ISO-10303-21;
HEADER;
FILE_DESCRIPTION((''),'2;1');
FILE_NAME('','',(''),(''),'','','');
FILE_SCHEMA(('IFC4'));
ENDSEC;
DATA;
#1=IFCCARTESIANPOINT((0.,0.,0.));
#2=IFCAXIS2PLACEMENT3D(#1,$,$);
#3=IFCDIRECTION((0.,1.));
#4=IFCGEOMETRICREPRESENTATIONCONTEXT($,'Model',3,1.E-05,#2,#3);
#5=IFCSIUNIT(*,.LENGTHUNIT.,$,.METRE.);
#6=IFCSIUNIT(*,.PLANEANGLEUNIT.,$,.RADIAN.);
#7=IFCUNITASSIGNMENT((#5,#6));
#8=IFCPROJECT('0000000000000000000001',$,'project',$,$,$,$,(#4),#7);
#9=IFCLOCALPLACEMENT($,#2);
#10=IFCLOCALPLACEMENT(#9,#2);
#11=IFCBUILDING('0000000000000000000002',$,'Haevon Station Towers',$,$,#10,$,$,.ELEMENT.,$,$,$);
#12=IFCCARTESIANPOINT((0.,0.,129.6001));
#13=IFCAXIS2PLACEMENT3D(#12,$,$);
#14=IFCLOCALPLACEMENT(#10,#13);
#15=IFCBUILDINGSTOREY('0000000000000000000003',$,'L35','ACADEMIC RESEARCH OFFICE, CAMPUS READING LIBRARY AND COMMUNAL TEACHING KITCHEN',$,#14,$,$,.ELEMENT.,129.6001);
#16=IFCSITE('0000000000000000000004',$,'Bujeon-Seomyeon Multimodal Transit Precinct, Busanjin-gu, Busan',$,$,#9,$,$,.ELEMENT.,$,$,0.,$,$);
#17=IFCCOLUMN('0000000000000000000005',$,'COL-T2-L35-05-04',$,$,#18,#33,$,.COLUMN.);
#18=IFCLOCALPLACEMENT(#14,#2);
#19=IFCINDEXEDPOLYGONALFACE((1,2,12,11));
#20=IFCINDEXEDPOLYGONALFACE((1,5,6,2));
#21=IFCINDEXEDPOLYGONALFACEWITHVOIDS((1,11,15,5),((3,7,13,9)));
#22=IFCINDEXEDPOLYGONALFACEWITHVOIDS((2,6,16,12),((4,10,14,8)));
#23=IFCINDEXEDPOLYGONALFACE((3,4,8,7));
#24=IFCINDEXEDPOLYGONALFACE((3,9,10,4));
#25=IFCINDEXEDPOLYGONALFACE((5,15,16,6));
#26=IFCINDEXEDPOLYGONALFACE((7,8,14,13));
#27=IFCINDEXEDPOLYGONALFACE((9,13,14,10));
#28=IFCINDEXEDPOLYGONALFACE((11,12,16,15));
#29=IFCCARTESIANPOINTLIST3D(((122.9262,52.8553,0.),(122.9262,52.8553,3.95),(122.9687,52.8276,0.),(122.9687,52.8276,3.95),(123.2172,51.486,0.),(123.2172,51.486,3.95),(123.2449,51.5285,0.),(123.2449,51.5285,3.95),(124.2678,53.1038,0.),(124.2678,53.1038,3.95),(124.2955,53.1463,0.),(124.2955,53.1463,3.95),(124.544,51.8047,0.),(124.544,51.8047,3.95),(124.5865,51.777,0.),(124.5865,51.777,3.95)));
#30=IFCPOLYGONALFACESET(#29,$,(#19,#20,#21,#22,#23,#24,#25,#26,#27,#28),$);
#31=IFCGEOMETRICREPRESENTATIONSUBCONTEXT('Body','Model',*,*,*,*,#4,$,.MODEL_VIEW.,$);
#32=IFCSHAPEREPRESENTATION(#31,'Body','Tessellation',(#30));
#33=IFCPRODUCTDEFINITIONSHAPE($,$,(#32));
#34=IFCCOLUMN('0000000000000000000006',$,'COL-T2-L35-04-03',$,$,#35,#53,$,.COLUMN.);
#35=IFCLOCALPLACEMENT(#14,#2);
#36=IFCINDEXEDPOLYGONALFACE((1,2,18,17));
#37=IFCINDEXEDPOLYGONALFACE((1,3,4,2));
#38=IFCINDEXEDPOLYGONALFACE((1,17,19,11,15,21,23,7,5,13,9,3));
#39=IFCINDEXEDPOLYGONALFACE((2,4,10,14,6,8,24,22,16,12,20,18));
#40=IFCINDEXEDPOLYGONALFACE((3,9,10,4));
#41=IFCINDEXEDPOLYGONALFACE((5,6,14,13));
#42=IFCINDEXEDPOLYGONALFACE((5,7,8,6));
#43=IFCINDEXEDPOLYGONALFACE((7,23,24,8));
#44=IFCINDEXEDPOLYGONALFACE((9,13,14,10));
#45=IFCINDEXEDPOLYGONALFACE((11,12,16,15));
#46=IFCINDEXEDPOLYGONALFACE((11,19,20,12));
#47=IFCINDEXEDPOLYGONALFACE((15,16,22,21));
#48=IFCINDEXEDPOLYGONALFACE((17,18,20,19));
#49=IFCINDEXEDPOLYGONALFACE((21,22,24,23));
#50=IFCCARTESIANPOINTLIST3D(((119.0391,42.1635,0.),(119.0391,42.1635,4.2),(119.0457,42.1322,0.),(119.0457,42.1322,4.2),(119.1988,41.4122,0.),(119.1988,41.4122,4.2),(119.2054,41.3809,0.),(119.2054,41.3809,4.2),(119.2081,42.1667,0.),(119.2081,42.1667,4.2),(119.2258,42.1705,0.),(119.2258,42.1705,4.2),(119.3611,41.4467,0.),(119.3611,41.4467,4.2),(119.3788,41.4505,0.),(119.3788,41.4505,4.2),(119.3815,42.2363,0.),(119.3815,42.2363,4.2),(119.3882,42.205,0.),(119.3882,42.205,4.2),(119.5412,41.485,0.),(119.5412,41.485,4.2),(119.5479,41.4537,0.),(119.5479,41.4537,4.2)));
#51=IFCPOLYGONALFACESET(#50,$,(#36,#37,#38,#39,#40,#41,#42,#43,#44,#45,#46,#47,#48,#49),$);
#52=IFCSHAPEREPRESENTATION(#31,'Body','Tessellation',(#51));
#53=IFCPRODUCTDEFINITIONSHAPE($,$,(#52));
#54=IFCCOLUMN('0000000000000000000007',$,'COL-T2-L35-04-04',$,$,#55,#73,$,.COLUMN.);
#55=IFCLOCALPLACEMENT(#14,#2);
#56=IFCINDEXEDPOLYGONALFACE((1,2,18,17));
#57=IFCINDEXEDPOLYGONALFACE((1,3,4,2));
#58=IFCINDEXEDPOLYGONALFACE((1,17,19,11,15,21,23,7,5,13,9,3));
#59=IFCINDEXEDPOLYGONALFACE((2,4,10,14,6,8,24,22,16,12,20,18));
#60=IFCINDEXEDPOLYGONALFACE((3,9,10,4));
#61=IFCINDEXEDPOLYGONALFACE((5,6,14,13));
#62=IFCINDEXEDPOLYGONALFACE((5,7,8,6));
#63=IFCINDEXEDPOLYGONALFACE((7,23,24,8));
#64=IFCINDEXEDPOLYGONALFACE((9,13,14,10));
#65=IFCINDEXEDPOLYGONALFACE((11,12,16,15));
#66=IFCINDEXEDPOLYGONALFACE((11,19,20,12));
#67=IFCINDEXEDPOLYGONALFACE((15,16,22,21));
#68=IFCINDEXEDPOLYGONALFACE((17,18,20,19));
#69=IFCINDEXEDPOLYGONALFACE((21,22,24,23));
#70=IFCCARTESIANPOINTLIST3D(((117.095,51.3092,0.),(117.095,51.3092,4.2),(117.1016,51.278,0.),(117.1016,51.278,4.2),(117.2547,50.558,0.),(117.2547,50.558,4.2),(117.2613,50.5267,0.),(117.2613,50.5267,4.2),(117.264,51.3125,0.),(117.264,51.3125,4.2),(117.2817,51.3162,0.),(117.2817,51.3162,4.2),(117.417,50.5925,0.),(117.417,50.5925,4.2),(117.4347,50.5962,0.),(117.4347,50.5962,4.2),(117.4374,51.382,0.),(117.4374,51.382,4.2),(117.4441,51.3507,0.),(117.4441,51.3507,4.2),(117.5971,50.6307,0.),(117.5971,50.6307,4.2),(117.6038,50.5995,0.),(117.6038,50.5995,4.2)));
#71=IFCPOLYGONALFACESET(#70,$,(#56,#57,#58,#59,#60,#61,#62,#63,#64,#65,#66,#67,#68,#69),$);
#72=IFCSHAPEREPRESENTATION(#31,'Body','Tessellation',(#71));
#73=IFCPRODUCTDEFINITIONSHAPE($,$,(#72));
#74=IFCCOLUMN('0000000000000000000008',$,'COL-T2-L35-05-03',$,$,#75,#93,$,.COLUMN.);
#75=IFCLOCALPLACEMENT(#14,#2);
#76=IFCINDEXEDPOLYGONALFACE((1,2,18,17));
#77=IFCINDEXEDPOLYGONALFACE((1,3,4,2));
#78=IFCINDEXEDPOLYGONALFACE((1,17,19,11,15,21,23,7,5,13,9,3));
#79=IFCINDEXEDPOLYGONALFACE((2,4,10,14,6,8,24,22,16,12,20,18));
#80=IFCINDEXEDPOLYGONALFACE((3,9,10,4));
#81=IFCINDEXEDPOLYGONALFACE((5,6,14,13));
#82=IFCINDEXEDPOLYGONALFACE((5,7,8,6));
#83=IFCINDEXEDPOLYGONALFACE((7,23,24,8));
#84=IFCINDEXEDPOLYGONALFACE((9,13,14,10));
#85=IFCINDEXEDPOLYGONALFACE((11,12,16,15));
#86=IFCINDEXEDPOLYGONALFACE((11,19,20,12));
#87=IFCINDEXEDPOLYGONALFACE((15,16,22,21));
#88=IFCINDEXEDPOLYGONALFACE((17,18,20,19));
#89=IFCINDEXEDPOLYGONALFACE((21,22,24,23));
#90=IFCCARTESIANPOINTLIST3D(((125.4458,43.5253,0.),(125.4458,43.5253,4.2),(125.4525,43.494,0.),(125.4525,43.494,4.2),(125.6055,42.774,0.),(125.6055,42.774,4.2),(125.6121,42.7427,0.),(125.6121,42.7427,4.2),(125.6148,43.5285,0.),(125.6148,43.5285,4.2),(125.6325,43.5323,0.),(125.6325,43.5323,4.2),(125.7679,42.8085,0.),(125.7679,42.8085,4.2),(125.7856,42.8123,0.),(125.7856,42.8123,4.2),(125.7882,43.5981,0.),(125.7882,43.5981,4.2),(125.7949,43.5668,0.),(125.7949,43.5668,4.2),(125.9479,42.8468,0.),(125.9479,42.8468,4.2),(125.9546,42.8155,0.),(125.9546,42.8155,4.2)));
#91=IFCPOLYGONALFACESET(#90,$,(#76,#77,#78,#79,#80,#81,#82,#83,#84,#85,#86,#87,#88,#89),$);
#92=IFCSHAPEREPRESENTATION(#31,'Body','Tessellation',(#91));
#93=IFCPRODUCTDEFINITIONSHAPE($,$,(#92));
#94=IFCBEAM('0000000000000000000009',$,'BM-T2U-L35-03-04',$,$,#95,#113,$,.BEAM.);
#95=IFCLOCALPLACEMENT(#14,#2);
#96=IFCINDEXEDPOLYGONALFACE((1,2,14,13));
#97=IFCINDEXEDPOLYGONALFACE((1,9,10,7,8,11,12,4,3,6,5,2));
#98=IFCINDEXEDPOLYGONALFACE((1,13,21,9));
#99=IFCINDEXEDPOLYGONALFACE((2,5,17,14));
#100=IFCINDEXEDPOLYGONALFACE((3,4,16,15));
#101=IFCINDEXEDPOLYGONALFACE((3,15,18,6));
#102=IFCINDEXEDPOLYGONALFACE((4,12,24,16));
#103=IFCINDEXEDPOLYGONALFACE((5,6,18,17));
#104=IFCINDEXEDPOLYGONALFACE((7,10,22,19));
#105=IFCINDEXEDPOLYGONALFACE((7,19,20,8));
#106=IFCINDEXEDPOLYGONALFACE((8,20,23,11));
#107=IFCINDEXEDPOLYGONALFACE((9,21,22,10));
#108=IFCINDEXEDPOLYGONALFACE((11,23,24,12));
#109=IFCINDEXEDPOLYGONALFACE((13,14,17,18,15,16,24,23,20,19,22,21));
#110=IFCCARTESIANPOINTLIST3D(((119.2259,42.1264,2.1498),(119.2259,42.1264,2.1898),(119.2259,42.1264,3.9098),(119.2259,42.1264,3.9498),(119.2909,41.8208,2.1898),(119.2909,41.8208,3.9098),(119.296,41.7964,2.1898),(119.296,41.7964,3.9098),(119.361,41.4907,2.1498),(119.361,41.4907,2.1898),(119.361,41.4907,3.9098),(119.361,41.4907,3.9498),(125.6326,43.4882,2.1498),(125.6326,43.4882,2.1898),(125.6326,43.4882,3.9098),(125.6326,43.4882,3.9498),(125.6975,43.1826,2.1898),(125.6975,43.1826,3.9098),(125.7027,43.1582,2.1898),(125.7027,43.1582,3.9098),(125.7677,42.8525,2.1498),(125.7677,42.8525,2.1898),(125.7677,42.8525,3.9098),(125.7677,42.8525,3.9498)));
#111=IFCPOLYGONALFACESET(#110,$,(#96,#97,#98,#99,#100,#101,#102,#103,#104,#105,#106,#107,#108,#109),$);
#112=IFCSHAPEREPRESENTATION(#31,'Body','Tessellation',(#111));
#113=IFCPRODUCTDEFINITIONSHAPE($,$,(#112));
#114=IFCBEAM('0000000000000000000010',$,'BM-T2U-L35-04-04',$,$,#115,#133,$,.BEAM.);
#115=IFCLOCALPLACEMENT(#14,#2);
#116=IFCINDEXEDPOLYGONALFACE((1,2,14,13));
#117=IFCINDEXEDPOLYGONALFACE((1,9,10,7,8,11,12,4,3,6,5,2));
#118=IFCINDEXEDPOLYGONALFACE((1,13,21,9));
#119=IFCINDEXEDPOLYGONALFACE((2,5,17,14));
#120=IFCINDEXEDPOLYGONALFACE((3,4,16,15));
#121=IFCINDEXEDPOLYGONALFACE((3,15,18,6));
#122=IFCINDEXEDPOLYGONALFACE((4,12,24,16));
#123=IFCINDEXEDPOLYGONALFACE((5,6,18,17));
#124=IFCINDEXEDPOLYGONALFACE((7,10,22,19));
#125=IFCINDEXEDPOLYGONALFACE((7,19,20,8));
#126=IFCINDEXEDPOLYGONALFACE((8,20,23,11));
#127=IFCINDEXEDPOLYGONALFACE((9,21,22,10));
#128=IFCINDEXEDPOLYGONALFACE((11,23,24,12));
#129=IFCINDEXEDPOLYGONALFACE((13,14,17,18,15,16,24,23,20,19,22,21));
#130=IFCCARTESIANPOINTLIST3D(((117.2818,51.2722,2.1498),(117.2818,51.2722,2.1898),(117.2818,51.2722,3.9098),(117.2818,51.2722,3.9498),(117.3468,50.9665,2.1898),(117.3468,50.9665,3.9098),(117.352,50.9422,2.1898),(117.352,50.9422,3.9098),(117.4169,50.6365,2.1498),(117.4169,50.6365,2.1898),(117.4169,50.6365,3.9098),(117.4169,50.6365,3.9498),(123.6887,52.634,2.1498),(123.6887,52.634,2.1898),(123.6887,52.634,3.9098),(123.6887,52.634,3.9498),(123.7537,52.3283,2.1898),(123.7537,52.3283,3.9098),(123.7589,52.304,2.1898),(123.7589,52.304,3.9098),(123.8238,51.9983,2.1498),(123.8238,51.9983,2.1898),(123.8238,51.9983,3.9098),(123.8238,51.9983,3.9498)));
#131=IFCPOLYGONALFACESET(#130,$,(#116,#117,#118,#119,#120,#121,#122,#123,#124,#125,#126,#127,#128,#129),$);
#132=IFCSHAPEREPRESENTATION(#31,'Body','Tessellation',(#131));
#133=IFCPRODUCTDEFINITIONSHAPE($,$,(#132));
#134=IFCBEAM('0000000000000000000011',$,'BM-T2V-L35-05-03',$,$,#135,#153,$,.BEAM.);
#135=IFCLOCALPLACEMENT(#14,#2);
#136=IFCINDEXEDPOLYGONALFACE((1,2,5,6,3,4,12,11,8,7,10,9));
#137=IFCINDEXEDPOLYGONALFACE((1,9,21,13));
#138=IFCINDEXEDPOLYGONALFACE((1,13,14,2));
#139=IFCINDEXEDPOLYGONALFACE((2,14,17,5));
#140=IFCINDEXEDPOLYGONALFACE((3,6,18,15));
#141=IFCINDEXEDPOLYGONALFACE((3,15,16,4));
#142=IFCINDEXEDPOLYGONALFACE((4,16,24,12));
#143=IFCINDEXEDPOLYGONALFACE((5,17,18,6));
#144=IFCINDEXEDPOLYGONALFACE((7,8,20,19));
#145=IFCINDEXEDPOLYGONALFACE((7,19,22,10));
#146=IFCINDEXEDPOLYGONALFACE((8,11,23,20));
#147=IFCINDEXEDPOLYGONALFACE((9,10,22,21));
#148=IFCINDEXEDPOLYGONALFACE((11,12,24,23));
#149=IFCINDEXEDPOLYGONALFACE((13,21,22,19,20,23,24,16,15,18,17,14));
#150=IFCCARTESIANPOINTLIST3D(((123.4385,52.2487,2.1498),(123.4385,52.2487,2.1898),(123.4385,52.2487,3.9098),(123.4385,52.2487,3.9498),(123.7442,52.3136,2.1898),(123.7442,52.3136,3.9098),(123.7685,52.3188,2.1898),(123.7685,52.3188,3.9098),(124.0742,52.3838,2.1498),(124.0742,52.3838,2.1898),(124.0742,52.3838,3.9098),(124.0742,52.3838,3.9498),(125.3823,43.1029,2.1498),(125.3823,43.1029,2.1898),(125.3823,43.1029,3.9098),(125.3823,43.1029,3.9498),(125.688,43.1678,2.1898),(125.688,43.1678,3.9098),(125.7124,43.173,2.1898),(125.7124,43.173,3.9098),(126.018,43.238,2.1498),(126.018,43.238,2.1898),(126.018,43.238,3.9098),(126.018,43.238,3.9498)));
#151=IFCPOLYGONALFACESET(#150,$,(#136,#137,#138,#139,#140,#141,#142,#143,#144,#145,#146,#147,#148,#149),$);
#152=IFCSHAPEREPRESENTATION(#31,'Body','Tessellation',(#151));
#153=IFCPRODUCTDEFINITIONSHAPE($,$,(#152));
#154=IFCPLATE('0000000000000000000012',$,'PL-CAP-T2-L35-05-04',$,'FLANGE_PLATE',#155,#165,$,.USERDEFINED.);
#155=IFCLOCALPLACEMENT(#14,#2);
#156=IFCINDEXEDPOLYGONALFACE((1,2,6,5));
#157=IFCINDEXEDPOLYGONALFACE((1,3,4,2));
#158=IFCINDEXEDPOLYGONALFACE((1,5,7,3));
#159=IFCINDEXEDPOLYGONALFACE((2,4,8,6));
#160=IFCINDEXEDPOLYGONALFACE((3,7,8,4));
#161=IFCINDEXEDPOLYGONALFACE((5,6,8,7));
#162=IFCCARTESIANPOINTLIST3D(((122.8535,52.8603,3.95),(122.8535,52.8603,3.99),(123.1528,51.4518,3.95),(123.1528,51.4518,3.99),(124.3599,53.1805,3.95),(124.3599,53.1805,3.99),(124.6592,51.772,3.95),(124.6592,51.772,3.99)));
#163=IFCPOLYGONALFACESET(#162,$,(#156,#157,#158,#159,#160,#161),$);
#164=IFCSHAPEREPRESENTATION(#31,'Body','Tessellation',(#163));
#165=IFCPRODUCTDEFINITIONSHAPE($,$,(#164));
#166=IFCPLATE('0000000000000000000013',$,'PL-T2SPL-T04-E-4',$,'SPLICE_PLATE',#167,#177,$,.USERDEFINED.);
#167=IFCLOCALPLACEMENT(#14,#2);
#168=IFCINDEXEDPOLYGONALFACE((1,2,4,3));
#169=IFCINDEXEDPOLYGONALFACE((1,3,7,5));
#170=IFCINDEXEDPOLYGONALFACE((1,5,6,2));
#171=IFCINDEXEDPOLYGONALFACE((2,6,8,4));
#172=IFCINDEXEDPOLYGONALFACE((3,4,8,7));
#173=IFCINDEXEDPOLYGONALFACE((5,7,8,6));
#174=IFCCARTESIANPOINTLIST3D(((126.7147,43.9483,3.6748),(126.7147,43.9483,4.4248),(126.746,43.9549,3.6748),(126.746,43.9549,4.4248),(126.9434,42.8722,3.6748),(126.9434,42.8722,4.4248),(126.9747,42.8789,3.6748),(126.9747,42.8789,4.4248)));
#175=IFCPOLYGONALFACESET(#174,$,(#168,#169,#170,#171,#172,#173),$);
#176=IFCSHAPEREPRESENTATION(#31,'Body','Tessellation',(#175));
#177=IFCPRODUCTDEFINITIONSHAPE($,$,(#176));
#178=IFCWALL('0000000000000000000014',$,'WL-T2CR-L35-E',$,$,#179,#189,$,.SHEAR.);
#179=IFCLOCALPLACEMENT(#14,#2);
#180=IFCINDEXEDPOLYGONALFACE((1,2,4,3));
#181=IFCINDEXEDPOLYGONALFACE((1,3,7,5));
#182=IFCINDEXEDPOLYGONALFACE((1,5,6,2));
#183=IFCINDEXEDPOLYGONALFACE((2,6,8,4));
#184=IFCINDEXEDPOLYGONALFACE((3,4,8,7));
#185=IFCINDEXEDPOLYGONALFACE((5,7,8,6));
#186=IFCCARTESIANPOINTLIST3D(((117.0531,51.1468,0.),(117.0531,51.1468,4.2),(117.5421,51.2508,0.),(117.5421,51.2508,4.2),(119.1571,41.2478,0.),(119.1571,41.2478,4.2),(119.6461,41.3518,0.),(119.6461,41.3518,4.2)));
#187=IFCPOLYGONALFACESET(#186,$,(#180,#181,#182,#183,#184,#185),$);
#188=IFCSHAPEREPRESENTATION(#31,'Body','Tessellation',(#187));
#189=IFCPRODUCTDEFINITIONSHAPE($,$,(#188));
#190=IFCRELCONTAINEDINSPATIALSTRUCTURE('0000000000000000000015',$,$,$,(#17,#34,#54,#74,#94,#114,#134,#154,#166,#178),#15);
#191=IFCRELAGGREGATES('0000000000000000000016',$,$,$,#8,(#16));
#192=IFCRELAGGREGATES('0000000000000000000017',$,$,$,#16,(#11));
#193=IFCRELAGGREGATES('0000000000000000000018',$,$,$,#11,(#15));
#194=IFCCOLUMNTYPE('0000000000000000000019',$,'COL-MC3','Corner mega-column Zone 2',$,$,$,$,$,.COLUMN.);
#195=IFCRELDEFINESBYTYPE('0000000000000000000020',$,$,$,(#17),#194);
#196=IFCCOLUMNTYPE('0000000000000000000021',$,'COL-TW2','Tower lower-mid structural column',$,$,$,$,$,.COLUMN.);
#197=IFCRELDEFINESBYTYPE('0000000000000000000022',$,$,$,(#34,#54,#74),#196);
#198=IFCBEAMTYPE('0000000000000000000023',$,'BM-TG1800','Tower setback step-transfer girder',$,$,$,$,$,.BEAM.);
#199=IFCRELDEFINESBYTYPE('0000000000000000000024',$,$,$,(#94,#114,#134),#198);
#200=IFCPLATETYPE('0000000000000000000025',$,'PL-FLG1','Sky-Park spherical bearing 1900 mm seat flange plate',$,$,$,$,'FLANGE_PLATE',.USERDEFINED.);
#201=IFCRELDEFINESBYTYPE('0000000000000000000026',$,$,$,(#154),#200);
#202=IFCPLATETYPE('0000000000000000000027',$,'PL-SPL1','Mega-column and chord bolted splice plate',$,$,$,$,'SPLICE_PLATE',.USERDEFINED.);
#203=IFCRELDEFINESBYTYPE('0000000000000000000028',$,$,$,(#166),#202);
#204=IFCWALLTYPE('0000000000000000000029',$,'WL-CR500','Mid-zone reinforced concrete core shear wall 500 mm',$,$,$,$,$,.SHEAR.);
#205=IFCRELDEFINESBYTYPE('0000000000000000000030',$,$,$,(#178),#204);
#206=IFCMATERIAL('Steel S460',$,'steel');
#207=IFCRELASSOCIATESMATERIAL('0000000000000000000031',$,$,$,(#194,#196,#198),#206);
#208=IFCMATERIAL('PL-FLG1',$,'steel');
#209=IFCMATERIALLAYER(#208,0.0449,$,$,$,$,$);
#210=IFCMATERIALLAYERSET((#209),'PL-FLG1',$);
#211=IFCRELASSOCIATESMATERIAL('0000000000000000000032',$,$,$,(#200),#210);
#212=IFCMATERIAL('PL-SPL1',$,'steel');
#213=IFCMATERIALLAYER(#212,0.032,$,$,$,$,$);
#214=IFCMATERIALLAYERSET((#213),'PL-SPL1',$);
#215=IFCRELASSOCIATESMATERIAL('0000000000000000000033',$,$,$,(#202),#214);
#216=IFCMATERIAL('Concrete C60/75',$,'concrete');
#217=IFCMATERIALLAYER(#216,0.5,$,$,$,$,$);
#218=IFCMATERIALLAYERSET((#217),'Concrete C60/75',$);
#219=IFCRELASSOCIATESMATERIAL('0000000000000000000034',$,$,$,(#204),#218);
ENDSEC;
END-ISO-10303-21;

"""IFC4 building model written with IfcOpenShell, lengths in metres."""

from ifc_helpers import new_model, si_unit, direction, frame, frame_2d, origin, origin_2d, place, context, subcontext, project, spatial, rectangle, hollow_rectangle, i_section, extrude, material, layer, layer_set, material_profile, profile_set, type_object, element, save


model = new_model("IFC4")

# Units and contexts
model_context = context("Model", 3, precision=1e-05, world=origin(), true_north=direction((0.0, 1.0)))
body_context = subcontext(model_context, "Body", "Model", "MODEL_VIEW")
ifc_project = project(units=[si_unit("LENGTHUNIT", "METRE"), si_unit("PLANEANGLEUNIT", "RADIAN")], contexts=[model_context])

# Site, building, storey
site_placement = place(None, origin())
site = spatial("IfcSite", under=ifc_project, at=site_placement, Name="Bujeon-Seomyeon Multimodal Transit Precinct, Busanjin-gu, Busan", CompositionType="ELEMENT", RefElevation=0.0)
building_placement = place(site_placement, origin())
building = spatial("IfcBuilding", under=site, at=building_placement, Name="Haevon Station Towers", CompositionType="ELEMENT")
storey_placement = place(building_placement, frame((0.0, 0.0, 129.6001)))
storey = spatial("IfcBuildingStorey", under=building, at=storey_placement, Name="L35", Description="ACADEMIC RESEARCH OFFICE, CAMPUS READING LIBRARY AND COMMUNAL TEACHING KITCHEN", CompositionType="ELEMENT", Elevation=129.6001)

# Columns
ifc_material_1 = material(Name="Steel S460", Category="steel")
ifc_material_profile_1 = material_profile(ifc_material_1, hollow_rectangle(XDim=1.3999, YDim=1.3999, WallThickness=0.0359, at=origin_2d()), Name="BOX-1400x1400x36")
ifc_profile_set_1 = profile_set([ifc_material_profile_1], Name="Steel S460")
column_type_1 = type_object("IfcColumnType", Name="COL-MC3", Description="Corner mega-column Zone 2", PredefinedType="COLUMN", material=ifc_profile_set_1)
column_placement = place(storey_placement, frame((123.7563, 52.3162, 0.0), z_axis=(0.0, 0.0, 1.0), x_axis=(0.978148, 0.207912, 0.0)))
element("IfcColumn", 1, at=column_placement, inside=storey, type_object=column_type_1, Name="COL-T2-L35-05-04", PredefinedType="COLUMN", context=body_context, shape_type="SweptSolid", body=[
    extrude(hollow_rectangle(XDim=1.3999, YDim=1.3999, WallThickness=0.0359, at=origin_2d()), origin(), (0.0, 0.0, 1.0), 3.95),
])
ifc_material_profile_2 = material_profile(ifc_material_1, i_section(OverallWidth=0.3501, OverallDepth=0.8, WebThickness=0.0181, FlangeThickness=0.032, at=origin_2d()), Name="H-800x350x18x32")
ifc_profile_set_2 = profile_set([ifc_material_profile_2], Name="Steel S460")
column_type_2 = type_object("IfcColumnType", Name="COL-TW2", Description="Tower lower-mid structural column", PredefinedType="COLUMN", material=ifc_profile_set_2)
for number, where, z_axis, x_axis, name in (
    (2, (119.2935, 41.8086, 0.0), (0.0, 0.0, 1.0), (0.978148, 0.207912, 0.0), "COL-T2-L35-04-03"),
    (3, (117.3494, 50.9543, 0.0), (0.0, 0.0, 1.0), (0.978148, 0.207912, 0.0), "COL-T2-L35-04-04"),
    (4, (125.7002, 43.1704, 0.0), (0.0, 0.0, 1.0), (0.978148, 0.207912, 0.0), "COL-T2-L35-05-03"),
):
    element("IfcColumn", number, at=place(storey_placement, frame(where, z_axis=z_axis, x_axis=x_axis)), inside=storey, type_object=column_type_2, Name=name, PredefinedType="COLUMN", context=body_context, shape_type="SweptSolid", body=[
        extrude(i_section(OverallWidth=0.3501, OverallDepth=0.8, WebThickness=0.0181, FlangeThickness=0.032, at=origin_2d()), origin(), (0.0, 0.0, 1.0), 4.2),
    ])

# Beams
ifc_material_profile_3 = material_profile(ifc_material_1, i_section(OverallWidth=0.6499, OverallDepth=1.8, WebThickness=0.0249, FlangeThickness=0.04, at=origin_2d()), Name="H-1800x650x25x40")
ifc_profile_set_3 = profile_set([ifc_material_profile_3], Name="Steel S460")
beam_type = type_object("IfcBeamType", Name="BM-TG1800", Description="Tower setback step-transfer girder", PredefinedType="BEAM", material=ifc_profile_set_3)
beam_1_placement = place(storey_placement, frame((119.2935, 41.8086, 3.0498), z_axis=(0.978147, 0.207915, 0.0), x_axis=(-0.207915, 0.978147, 0.0)))
element("IfcBeam", 5, at=beam_1_placement, inside=storey, type_object=beam_type, Name="BM-T2U-L35-03-04", PredefinedType="BEAM", context=body_context, shape_type="SweptSolid", body=[
    extrude(i_section(OverallWidth=0.6499, OverallDepth=1.8, WebThickness=0.0249, FlangeThickness=0.04, at=origin_2d()), origin(), (0.0, 0.0, 1.0), 6.5498),
])
beam_2_placement = place(storey_placement, frame((117.3494, 50.9543, 3.0498), z_axis=(0.978149, 0.207907, 0.0), x_axis=(-0.207907, 0.978149, 0.0)))
element("IfcBeam", 6, at=beam_2_placement, inside=storey, type_object=beam_type, Name="BM-T2U-L35-04-04", PredefinedType="BEAM", context=body_context, shape_type="SweptSolid", body=[
    extrude(i_section(OverallWidth=0.6499, OverallDepth=1.8, WebThickness=0.0249, FlangeThickness=0.04, at=origin_2d()), origin(), (0.0, 0.0, 1.0), 6.55),
])
beam_3_placement = place(storey_placement, frame((125.7002, 43.1704, 3.0498), z_axis=(-0.207897, 0.978151, 0.0), x_axis=(-0.978151, -0.207897, 0.0)))
element("IfcBeam", 7, at=beam_3_placement, inside=storey, type_object=beam_type, Name="BM-T2V-L35-05-03", PredefinedType="BEAM", context=body_context, shape_type="SweptSolid", body=[
    extrude(i_section(OverallWidth=0.6499, OverallDepth=1.8, WebThickness=0.0249, FlangeThickness=0.04, at=origin_2d()), origin(), (0.0, 0.0, 1.0), 9.3501),
])

# Plates
ifc_material_2 = material(Name="PL-FLG1", Category="steel")
ifc_layer_1 = layer(ifc_material_2, 0.0449)
ifc_layer_set_1 = layer_set([ifc_layer_1], Name="PL-FLG1")
plate_type_1 = type_object("IfcPlateType", Name="PL-FLG1", Description="Sky-Park spherical bearing 1900 mm seat flange plate", ElementType="FLANGE_PLATE", PredefinedType="USERDEFINED", material=ifc_layer_set_1)
plate_1_placement = place(storey_placement, frame((123.7563, 52.3162, 3.95), z_axis=(0.0, 0.0, 1.0), x_axis=(0.978148, 0.207912, 0.0)))
element("IfcPlate", 8, at=plate_1_placement, inside=storey, type_object=plate_type_1, Name="PL-CAP-T2-L35-05-04", ObjectType="FLANGE_PLATE", PredefinedType="USERDEFINED", context=body_context, shape_type="SweptSolid", body=[
    extrude(rectangle(XDim=1.54, YDim=1.4399, at=origin_2d()), origin(), (0.0, 0.0, 1.0), 0.04),
])
ifc_material_3 = material(Name="PL-SPL1", Category="steel")
ifc_layer_2 = layer(ifc_material_3, 0.032)
ifc_layer_set_2 = layer_set([ifc_layer_2], Name="PL-SPL1")
plate_type_2 = type_object("IfcPlateType", Name="PL-SPL1", Description="Mega-column and chord bolted splice plate", ElementType="SPLICE_PLATE", PredefinedType="USERDEFINED", material=ifc_layer_set_2)
plate_2_placement = place(storey_placement, frame((126.8447, 43.4136, 3.6748), z_axis=(0.0, 0.0, 1.0), x_axis=(-0.207912, 0.978148, 0.0)))
element("IfcPlate", 9, at=plate_2_placement, inside=storey, type_object=plate_type_2, Name="PL-T2SPL-T04-E-4", ObjectType="SPLICE_PLATE", PredefinedType="USERDEFINED", context=body_context, shape_type="SweptSolid", body=[
    extrude(rectangle(XDim=1.1001, YDim=0.032, at=origin_2d()), origin(), (0.0, 0.0, 1.0), 0.75),
])

# Wall
ifc_material_4 = material(Name="Concrete C60/75", Category="concrete")
ifc_layer_3 = layer(ifc_material_4, 0.5)
ifc_layer_set_3 = layer_set([ifc_layer_3], Name="Concrete C60/75")
wall_type_1 = type_object("IfcWallType", Name="WL-CR500", Description="Mid-zone reinforced concrete core shear wall 500 mm", PredefinedType="SHEAR", material=ifc_layer_set_3)
wall_1_placement = place(storey_placement, frame((119.4016, 41.2998, 0.0), z_axis=(0.0, 0.0, 1.0), x_axis=(-0.207904, 0.978149, 0.0)))
element("IfcWall", 10, at=wall_1_placement, inside=storey, type_object=wall_type_1, Name="WL-T2CR-L35-E", PredefinedType="SHEAR", context=body_context, shape_type="SweptSolid", body=[
    extrude(rectangle(XDim=10.1201, YDim=0.5, at=frame_2d((5.0601, 0.0))), origin(), (0.0, 0.0, 1.0), 4.2),
])

save(model, "model.ifc")
